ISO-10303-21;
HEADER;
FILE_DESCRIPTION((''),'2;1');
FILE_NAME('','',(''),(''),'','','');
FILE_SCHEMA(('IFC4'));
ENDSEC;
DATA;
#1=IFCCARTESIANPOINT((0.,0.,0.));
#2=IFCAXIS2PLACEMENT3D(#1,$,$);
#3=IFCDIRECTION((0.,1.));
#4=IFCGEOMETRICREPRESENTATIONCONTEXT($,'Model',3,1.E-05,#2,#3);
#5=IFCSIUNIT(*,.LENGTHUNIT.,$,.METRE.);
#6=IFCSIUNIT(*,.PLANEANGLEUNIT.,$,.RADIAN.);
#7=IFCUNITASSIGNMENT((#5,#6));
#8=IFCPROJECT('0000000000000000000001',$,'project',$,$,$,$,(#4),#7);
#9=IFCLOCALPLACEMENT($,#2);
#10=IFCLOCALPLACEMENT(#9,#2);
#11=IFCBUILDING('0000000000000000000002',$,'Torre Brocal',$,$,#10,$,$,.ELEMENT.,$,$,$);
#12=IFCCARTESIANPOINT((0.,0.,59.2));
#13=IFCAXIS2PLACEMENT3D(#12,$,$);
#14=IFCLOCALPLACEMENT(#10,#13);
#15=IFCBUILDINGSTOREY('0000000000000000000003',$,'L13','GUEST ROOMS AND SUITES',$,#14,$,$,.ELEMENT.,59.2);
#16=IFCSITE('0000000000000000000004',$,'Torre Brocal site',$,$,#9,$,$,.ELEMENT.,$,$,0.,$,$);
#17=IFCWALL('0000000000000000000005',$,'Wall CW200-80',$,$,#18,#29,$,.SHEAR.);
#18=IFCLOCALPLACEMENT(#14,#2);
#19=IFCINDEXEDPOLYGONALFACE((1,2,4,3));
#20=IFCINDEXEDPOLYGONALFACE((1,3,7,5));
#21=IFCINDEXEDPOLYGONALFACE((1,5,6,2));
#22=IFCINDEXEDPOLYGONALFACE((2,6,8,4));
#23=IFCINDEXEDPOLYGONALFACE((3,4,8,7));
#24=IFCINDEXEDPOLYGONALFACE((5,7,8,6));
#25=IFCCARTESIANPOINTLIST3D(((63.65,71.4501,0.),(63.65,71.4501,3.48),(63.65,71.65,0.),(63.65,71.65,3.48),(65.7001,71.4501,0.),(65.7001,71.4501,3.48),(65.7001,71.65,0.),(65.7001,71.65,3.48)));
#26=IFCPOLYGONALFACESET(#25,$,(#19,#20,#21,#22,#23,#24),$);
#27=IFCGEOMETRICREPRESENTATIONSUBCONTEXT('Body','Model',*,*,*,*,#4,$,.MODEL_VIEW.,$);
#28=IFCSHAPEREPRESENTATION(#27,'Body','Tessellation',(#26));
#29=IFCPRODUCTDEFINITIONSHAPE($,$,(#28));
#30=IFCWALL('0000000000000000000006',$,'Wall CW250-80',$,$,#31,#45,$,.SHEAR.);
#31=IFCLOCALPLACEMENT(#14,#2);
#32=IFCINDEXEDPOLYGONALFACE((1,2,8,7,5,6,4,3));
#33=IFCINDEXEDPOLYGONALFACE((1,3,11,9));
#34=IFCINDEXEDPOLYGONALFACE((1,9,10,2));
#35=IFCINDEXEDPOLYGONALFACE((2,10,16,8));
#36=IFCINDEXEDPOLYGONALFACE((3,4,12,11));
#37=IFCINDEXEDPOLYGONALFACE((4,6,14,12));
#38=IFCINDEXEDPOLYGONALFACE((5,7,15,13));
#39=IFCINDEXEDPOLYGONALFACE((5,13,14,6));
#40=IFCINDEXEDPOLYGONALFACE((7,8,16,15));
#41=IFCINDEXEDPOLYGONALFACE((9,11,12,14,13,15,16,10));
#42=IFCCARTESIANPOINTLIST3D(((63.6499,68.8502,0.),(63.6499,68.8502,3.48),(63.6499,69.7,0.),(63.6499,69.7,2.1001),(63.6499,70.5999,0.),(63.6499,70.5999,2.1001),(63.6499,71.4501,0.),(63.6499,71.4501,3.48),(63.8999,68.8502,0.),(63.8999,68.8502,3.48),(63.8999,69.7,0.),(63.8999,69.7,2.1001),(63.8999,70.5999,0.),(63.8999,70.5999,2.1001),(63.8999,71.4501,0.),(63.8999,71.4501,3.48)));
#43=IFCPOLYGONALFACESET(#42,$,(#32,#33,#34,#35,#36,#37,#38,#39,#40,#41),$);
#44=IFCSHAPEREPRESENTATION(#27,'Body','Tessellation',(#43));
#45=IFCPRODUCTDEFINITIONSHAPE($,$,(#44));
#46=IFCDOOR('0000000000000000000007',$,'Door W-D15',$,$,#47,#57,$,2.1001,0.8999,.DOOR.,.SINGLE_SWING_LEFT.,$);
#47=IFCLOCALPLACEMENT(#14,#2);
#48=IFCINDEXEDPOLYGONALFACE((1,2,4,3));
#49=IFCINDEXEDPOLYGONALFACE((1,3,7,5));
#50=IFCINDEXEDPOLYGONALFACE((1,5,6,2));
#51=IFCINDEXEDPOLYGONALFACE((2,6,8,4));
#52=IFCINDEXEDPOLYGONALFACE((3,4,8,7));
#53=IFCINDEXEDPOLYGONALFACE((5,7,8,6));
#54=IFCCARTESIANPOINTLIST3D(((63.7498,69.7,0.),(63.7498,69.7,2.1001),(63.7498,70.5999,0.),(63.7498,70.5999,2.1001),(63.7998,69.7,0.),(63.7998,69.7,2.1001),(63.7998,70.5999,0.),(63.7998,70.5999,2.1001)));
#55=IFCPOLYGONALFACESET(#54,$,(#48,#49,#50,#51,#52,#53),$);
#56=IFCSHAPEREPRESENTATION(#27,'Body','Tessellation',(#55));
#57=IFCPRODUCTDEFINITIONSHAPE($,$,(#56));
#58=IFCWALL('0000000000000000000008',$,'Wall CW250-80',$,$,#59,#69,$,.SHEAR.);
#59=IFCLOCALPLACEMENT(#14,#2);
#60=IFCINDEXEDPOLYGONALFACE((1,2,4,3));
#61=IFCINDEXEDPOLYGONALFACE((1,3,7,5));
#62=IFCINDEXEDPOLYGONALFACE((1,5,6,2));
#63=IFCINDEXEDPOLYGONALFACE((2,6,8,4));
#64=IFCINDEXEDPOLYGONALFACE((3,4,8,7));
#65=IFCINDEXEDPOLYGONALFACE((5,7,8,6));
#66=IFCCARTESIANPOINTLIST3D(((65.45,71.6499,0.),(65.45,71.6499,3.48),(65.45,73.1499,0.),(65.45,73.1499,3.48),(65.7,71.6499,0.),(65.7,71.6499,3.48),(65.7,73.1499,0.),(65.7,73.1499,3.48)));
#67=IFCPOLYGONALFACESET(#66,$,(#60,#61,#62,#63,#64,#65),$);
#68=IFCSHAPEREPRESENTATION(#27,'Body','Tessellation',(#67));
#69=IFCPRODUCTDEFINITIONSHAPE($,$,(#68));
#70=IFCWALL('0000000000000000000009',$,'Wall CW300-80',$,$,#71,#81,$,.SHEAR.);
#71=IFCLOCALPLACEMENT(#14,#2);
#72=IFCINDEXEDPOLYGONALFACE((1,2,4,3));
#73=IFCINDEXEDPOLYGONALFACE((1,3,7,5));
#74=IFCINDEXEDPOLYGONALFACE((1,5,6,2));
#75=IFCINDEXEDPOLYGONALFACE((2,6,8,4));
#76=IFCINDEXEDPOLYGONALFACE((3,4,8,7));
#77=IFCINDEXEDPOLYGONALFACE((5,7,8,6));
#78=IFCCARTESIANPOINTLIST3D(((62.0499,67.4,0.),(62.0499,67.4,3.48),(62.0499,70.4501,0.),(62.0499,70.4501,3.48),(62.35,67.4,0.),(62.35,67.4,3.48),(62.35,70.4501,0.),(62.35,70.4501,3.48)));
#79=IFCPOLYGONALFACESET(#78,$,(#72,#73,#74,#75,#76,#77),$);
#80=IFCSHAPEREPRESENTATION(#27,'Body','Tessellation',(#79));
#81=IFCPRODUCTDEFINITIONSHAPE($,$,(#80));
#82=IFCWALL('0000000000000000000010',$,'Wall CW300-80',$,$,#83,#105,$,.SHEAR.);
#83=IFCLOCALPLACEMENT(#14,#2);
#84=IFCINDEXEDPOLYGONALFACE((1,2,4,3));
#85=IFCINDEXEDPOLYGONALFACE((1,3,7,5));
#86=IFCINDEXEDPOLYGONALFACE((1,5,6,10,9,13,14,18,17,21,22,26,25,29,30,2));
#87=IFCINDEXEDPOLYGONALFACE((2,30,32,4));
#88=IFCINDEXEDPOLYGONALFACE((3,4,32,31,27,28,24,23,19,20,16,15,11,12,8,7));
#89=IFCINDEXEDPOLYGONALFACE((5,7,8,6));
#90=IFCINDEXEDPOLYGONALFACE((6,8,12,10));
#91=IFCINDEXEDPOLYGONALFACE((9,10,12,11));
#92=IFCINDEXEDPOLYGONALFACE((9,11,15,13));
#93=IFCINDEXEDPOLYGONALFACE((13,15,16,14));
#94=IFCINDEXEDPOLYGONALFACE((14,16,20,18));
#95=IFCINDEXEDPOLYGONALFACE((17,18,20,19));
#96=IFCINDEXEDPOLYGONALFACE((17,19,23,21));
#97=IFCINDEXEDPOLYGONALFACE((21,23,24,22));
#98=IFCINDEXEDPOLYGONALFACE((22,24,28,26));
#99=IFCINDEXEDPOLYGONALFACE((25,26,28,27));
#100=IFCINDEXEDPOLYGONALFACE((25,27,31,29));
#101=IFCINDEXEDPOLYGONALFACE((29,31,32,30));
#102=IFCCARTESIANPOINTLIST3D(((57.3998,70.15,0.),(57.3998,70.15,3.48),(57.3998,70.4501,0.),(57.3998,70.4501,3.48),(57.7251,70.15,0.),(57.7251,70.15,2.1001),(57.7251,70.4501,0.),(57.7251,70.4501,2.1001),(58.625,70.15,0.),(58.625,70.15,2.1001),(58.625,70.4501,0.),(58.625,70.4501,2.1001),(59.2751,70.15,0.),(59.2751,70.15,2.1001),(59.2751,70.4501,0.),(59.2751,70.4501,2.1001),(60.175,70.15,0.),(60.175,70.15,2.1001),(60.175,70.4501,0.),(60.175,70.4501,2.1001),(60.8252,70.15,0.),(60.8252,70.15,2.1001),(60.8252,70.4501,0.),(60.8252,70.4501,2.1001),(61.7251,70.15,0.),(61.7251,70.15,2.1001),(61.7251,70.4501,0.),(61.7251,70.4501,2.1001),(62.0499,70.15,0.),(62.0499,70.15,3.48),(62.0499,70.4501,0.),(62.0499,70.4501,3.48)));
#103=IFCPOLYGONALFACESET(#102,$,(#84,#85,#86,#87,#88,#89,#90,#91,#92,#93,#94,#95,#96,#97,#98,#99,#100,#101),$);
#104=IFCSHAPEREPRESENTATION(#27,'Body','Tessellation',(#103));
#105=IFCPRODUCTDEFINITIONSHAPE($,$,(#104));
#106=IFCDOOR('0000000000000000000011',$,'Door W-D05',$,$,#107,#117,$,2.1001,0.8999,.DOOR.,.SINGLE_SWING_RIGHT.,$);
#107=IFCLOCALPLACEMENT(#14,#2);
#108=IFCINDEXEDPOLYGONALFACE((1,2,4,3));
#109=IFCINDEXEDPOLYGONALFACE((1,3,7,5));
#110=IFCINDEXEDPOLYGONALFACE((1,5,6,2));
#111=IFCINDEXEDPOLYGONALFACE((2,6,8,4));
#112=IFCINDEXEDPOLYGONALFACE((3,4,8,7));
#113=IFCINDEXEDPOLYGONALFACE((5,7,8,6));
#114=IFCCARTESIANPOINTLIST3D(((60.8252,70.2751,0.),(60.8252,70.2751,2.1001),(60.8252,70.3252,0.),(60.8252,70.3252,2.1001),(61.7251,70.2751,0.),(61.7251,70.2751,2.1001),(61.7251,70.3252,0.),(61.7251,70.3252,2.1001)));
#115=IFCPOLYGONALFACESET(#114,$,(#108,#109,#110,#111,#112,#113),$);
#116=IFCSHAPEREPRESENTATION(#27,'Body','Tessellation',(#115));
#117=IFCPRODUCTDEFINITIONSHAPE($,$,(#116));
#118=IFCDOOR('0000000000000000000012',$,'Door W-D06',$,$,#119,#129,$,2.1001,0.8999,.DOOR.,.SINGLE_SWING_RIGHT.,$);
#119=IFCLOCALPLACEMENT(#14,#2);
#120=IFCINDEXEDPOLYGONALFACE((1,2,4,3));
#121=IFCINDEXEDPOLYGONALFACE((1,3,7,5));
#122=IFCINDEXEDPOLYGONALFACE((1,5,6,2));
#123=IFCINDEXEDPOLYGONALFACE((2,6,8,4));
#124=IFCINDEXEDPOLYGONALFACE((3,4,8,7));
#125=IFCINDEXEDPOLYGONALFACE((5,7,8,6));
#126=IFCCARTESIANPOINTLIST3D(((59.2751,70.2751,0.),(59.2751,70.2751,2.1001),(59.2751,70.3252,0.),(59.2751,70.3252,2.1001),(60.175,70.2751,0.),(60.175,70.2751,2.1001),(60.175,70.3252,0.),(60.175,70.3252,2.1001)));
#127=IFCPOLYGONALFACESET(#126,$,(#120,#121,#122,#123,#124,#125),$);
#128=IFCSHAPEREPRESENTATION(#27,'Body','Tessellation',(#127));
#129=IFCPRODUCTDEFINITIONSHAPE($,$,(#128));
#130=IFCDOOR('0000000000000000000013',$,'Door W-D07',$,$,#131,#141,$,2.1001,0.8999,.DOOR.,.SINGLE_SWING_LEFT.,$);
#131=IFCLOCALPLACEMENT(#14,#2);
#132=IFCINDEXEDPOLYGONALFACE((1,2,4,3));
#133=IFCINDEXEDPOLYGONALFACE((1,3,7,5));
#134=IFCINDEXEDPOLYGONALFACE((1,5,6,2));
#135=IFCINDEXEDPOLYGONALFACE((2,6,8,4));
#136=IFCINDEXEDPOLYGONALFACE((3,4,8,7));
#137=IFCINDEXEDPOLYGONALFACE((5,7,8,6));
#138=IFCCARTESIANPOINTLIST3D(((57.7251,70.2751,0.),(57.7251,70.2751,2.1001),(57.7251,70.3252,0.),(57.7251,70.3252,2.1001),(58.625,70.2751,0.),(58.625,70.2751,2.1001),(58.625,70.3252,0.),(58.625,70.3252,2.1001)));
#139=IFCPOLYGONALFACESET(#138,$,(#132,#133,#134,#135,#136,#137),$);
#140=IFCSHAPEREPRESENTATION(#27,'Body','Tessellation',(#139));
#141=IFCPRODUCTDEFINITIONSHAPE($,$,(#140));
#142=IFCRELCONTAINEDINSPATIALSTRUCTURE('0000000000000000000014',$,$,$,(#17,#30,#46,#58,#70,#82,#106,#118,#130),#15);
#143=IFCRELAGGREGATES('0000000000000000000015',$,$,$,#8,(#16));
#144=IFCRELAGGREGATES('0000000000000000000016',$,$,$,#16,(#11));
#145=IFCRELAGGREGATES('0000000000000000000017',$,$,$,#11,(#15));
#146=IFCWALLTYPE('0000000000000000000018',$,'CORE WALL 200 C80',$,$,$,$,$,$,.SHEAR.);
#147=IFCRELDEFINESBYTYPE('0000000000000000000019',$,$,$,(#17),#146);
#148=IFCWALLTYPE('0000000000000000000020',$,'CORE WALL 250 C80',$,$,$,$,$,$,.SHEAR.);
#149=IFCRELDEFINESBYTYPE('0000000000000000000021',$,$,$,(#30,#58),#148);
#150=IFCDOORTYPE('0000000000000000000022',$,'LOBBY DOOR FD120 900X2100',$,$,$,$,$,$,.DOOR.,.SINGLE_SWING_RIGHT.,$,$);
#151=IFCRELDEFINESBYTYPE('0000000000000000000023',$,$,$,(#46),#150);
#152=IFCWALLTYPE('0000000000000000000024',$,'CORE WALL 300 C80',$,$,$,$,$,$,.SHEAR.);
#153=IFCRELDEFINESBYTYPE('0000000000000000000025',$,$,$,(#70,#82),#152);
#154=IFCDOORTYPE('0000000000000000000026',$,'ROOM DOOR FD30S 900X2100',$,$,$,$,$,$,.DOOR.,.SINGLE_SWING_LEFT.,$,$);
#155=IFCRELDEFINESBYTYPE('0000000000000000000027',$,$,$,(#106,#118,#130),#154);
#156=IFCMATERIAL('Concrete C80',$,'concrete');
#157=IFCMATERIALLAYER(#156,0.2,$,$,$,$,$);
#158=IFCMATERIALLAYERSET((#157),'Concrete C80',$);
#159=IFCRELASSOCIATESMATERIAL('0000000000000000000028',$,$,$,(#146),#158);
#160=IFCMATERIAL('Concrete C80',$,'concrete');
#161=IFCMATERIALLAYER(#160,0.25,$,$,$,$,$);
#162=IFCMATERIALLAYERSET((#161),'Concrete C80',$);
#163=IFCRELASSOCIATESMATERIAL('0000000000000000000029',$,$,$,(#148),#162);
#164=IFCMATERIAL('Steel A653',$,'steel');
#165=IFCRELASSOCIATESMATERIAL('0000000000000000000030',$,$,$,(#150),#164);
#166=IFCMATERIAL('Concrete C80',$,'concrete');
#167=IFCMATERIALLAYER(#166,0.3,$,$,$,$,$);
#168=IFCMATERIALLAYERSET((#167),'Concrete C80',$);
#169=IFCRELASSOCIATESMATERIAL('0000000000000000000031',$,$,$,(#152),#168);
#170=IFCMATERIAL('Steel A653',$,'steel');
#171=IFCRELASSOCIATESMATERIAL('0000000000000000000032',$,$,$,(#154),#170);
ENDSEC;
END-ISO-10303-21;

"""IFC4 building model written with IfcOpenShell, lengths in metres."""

from ifc_helpers import new_model, si_unit, direction, frame, frame_2d, origin, place, context, subcontext, project, spatial, rectangle, extrude, material, layer, layer_set, type_object, element, fill, save


model = new_model("IFC4")

# Units and contexts
model_context = context("Model", 3, precision=1e-05, world=origin(), true_north=direction((0.0, 1.0)))
body_context = subcontext(model_context, "Body", "Model", "MODEL_VIEW")
ifc_project = project(units=[si_unit("LENGTHUNIT", "METRE"), si_unit("PLANEANGLEUNIT", "RADIAN")], contexts=[model_context])

# Site, building, storey
site_placement = place(None, origin())
site = spatial("IfcSite", under=ifc_project, at=site_placement, Name="Torre Brocal site", CompositionType="ELEMENT", RefElevation=0.0)
building_placement = place(site_placement, origin())
building = spatial("IfcBuilding", under=site, at=building_placement, Name="Torre Brocal", CompositionType="ELEMENT")
storey_placement = place(building_placement, frame((0.0, 0.0, 59.2)))
storey = spatial("IfcBuildingStorey", under=building, at=storey_placement, Name="L13", Description="GUEST ROOMS AND SUITES", CompositionType="ELEMENT", Elevation=59.2)

# Wall
ifc_material_1 = material(Name="Concrete C80", Category="concrete")
ifc_layer_1 = layer(ifc_material_1, 0.2)
ifc_layer_set_1 = layer_set([ifc_layer_1], Name="Concrete C80")
wall_type_1 = type_object("IfcWallType", Name="CORE WALL 200 C80", PredefinedType="SHEAR", material=ifc_layer_set_1)
wall_1_placement = place(storey_placement, frame((65.7, 71.55, 0.0), z_axis=(0.0, 0.0, 1.0), x_axis=(-1.0, 0.0, 0.0)))
element("IfcWall", 1, at=wall_1_placement, inside=storey, type_object=wall_type_1, Name="Wall CW200-80", PredefinedType="SHEAR", context=body_context, shape_type="SweptSolid", body=[
    extrude(rectangle(XDim=2.05, YDim=0.2, at=frame_2d((1.0249, 0.0))), origin(), (0.0, 0.0, 1.0), 3.48),
])

# Wall, opening, door
ifc_material_2 = material(Name="Concrete C80", Category="concrete")
ifc_layer_2 = layer(ifc_material_2, 0.25)
ifc_layer_set_2 = layer_set([ifc_layer_2], Name="Concrete C80")
wall_type_2 = type_object("IfcWallType", Name="CORE WALL 250 C80", PredefinedType="SHEAR", material=ifc_layer_set_2)
wall_2_placement = place(storey_placement, frame((63.7749, 71.45, 0.0), z_axis=(0.0, 0.0, 1.0), x_axis=(0.0, -1.0, 0.0)))
wall_2 = element("IfcWall", 2, at=wall_2_placement, inside=storey, type_object=wall_type_2, Name="Wall CW250-80", PredefinedType="SHEAR", context=body_context, shape_type="SweptSolid", body=[
    extrude(rectangle(XDim=2.5999, YDim=0.25, at=frame_2d((1.2998, 0.0))), origin(), (0.0, 0.0, 1.0), 3.48),
])
opening_1_placement = place(wall_2_placement, frame((0.8501, 0.0, 0.0)))
opening_1 = element("IfcOpeningElement", 3, at=opening_1_placement, cuts=wall_2, PredefinedType="OPENING", context=body_context, shape_type="SweptSolid", body=[
    extrude(rectangle(XDim=0.8999, YDim=2.1001, at=frame_2d((0.45, 1.05))), frame((0.0, 0.135, 0.0), z_axis=(0.0, -1.0, 0.0), x_axis=(1.0, 0.0, 0.0)), (0.0, 0.0, 1.0), 0.27),
])
ifc_material_3 = material(Name="Steel A653", Category="steel")
door_type_1 = type_object("IfcDoorType", Name="LOBBY DOOR FD120 900X2100", OperationType="SINGLE_SWING_RIGHT", PredefinedType="DOOR", material=ifc_material_3)
door_1_placement = place(opening_1_placement, origin())
door_1 = element("IfcDoor", 4, at=door_1_placement, inside=storey, type_object=door_type_1, Name="Door W-D15", OperationType="SINGLE_SWING_LEFT", OverallHeight=2.1001, OverallWidth=0.8999, PredefinedType="DOOR", context=body_context, shape_type="SweptSolid", body=[
    extrude(rectangle(XDim=0.8999, YDim=2.1001, at=frame_2d((0.45, 1.05))), frame((0.0, 0.0249, 0.0), z_axis=(0.0, -1.0, 0.0), x_axis=(1.0, 0.0, 0.0)), (0.0, 0.0, 1.0), 0.05),
])
fill(opening_1, door_1)

# Walls
wall_3_placement = place(storey_placement, frame((65.575, 73.1499, 0.0), z_axis=(0.0, 0.0, 1.0), x_axis=(0.0, -1.0, 0.0)))
element("IfcWall", 5, at=wall_3_placement, inside=storey, type_object=wall_type_2, Name="Wall CW250-80", PredefinedType="SHEAR", context=body_context, shape_type="SweptSolid", body=[
    extrude(rectangle(XDim=1.5, YDim=0.25, at=frame_2d((0.75, 0.0))), origin(), (0.0, 0.0, 1.0), 3.48),
])
ifc_material_4 = material(Name="Concrete C80", Category="concrete")
ifc_layer_3 = layer(ifc_material_4, 0.3)
ifc_layer_set_3 = layer_set([ifc_layer_3], Name="Concrete C80")
wall_type_3 = type_object("IfcWallType", Name="CORE WALL 300 C80", PredefinedType="SHEAR", material=ifc_layer_set_3)
wall_4_placement = place(storey_placement, frame((62.2, 70.45, 0.0), z_axis=(0.0, 0.0, 1.0), x_axis=(0.0, -1.0, 0.0)))
element("IfcWall", 6, at=wall_4_placement, inside=storey, type_object=wall_type_3, Name="Wall CW300-80", PredefinedType="SHEAR", context=body_context, shape_type="SweptSolid", body=[
    extrude(rectangle(XDim=3.05, YDim=0.3, at=frame_2d((1.5249, 0.0))), origin(), (0.0, 0.0, 1.0), 3.48),
])

# Wall, openings, doors
wall_5_placement = place(storey_placement, frame((62.05, 70.3, 0.0), z_axis=(0.0, 0.0, 1.0), x_axis=(-1.0, 0.0, 0.0)))
wall_5 = element("IfcWall", 7, at=wall_5_placement, inside=storey, type_object=wall_type_3, Name="Wall CW300-80", PredefinedType="SHEAR", context=body_context, shape_type="SweptSolid", body=[
    extrude(rectangle(XDim=4.6501, YDim=0.3, at=frame_2d((2.3252, 0.0))), origin(), (0.0, 0.0, 1.0), 3.48),
])
opening_2_placement = place(wall_5_placement, frame((0.325, 0.0, 0.0)))
opening_2 = element("IfcOpeningElement", 8, at=opening_2_placement, cuts=wall_5, PredefinedType="OPENING", context=body_context, shape_type="SweptSolid", body=[
    extrude(rectangle(XDim=0.8999, YDim=2.1001, at=frame_2d((0.45, 1.05))), frame((0.0, 0.1599, 0.0), z_axis=(0.0, -1.0, 0.0), x_axis=(1.0, 0.0, 0.0)), (0.0, 0.0, 1.0), 0.3201),
])
opening_3_placement = place(wall_5_placement, frame((1.875, 0.0, 0.0)))
opening_3 = element("IfcOpeningElement", 9, at=opening_3_placement, cuts=wall_5, PredefinedType="OPENING", context=body_context, shape_type="SweptSolid", body=[
    extrude(rectangle(XDim=0.8999, YDim=2.1001, at=frame_2d((0.45, 1.05))), frame((0.0, 0.1599, 0.0), z_axis=(0.0, -1.0, 0.0), x_axis=(1.0, 0.0, 0.0)), (0.0, 0.0, 1.0), 0.3201),
])
opening_4_placement = place(wall_5_placement, frame((3.425, 0.0, 0.0)))
opening_4 = element("IfcOpeningElement", 10, at=opening_4_placement, cuts=wall_5, PredefinedType="OPENING", context=body_context, shape_type="SweptSolid", body=[
    extrude(rectangle(XDim=0.8999, YDim=2.1001, at=frame_2d((0.45, 1.05))), frame((0.0, 0.1599, 0.0), z_axis=(0.0, -1.0, 0.0), x_axis=(1.0, 0.0, 0.0)), (0.0, 0.0, 1.0), 0.3201),
])
ifc_material_5 = material(Name="Steel A653", Category="steel")
door_type_2 = type_object("IfcDoorType", Name="ROOM DOOR FD30S 900X2100", OperationType="SINGLE_SWING_LEFT", PredefinedType="DOOR", material=ifc_material_5)
door_2_placement = place(opening_2_placement, origin())
door_2 = element("IfcDoor", 11, at=door_2_placement, inside=storey, type_object=door_type_2, Name="Door W-D05", OperationType="SINGLE_SWING_RIGHT", OverallHeight=2.1001, OverallWidth=0.8999, PredefinedType="DOOR", context=body_context, shape_type="SweptSolid", body=[
    extrude(rectangle(XDim=0.8999, YDim=2.1001, at=frame_2d((0.45, 1.05))), frame((0.0, 0.0249, 0.0), z_axis=(0.0, -1.0, 0.0), x_axis=(1.0, 0.0, 0.0)), (0.0, 0.0, 1.0), 0.05),
])
fill(opening_2, door_2)
door_3_placement = place(opening_3_placement, origin())
door_3 = element("IfcDoor", 12, at=door_3_placement, inside=storey, type_object=door_type_2, Name="Door W-D06", OperationType="SINGLE_SWING_RIGHT", OverallHeight=2.1001, OverallWidth=0.8999, PredefinedType="DOOR", context=body_context, shape_type="SweptSolid", body=[
    extrude(rectangle(XDim=0.8999, YDim=2.1001, at=frame_2d((0.45, 1.05))), frame((0.0, 0.0249, 0.0), z_axis=(0.0, -1.0, 0.0), x_axis=(1.0, 0.0, 0.0)), (0.0, 0.0, 1.0), 0.05),
])
fill(opening_3, door_3)
door_4_placement = place(opening_4_placement, origin())
door_4 = element("IfcDoor", 13, at=door_4_placement, inside=storey, type_object=door_type_2, Name="Door W-D07", OperationType="SINGLE_SWING_LEFT", OverallHeight=2.1001, OverallWidth=0.8999, PredefinedType="DOOR", context=body_context, shape_type="SweptSolid", body=[
    extrude(rectangle(XDim=0.8999, YDim=2.1001, at=frame_2d((0.45, 1.05))), frame((0.0, 0.0249, 0.0), z_axis=(0.0, -1.0, 0.0), x_axis=(1.0, 0.0, 0.0)), (0.0, 0.0, 1.0), 0.05),
])
fill(opening_4, door_4)

save(model, "model.ifc")
